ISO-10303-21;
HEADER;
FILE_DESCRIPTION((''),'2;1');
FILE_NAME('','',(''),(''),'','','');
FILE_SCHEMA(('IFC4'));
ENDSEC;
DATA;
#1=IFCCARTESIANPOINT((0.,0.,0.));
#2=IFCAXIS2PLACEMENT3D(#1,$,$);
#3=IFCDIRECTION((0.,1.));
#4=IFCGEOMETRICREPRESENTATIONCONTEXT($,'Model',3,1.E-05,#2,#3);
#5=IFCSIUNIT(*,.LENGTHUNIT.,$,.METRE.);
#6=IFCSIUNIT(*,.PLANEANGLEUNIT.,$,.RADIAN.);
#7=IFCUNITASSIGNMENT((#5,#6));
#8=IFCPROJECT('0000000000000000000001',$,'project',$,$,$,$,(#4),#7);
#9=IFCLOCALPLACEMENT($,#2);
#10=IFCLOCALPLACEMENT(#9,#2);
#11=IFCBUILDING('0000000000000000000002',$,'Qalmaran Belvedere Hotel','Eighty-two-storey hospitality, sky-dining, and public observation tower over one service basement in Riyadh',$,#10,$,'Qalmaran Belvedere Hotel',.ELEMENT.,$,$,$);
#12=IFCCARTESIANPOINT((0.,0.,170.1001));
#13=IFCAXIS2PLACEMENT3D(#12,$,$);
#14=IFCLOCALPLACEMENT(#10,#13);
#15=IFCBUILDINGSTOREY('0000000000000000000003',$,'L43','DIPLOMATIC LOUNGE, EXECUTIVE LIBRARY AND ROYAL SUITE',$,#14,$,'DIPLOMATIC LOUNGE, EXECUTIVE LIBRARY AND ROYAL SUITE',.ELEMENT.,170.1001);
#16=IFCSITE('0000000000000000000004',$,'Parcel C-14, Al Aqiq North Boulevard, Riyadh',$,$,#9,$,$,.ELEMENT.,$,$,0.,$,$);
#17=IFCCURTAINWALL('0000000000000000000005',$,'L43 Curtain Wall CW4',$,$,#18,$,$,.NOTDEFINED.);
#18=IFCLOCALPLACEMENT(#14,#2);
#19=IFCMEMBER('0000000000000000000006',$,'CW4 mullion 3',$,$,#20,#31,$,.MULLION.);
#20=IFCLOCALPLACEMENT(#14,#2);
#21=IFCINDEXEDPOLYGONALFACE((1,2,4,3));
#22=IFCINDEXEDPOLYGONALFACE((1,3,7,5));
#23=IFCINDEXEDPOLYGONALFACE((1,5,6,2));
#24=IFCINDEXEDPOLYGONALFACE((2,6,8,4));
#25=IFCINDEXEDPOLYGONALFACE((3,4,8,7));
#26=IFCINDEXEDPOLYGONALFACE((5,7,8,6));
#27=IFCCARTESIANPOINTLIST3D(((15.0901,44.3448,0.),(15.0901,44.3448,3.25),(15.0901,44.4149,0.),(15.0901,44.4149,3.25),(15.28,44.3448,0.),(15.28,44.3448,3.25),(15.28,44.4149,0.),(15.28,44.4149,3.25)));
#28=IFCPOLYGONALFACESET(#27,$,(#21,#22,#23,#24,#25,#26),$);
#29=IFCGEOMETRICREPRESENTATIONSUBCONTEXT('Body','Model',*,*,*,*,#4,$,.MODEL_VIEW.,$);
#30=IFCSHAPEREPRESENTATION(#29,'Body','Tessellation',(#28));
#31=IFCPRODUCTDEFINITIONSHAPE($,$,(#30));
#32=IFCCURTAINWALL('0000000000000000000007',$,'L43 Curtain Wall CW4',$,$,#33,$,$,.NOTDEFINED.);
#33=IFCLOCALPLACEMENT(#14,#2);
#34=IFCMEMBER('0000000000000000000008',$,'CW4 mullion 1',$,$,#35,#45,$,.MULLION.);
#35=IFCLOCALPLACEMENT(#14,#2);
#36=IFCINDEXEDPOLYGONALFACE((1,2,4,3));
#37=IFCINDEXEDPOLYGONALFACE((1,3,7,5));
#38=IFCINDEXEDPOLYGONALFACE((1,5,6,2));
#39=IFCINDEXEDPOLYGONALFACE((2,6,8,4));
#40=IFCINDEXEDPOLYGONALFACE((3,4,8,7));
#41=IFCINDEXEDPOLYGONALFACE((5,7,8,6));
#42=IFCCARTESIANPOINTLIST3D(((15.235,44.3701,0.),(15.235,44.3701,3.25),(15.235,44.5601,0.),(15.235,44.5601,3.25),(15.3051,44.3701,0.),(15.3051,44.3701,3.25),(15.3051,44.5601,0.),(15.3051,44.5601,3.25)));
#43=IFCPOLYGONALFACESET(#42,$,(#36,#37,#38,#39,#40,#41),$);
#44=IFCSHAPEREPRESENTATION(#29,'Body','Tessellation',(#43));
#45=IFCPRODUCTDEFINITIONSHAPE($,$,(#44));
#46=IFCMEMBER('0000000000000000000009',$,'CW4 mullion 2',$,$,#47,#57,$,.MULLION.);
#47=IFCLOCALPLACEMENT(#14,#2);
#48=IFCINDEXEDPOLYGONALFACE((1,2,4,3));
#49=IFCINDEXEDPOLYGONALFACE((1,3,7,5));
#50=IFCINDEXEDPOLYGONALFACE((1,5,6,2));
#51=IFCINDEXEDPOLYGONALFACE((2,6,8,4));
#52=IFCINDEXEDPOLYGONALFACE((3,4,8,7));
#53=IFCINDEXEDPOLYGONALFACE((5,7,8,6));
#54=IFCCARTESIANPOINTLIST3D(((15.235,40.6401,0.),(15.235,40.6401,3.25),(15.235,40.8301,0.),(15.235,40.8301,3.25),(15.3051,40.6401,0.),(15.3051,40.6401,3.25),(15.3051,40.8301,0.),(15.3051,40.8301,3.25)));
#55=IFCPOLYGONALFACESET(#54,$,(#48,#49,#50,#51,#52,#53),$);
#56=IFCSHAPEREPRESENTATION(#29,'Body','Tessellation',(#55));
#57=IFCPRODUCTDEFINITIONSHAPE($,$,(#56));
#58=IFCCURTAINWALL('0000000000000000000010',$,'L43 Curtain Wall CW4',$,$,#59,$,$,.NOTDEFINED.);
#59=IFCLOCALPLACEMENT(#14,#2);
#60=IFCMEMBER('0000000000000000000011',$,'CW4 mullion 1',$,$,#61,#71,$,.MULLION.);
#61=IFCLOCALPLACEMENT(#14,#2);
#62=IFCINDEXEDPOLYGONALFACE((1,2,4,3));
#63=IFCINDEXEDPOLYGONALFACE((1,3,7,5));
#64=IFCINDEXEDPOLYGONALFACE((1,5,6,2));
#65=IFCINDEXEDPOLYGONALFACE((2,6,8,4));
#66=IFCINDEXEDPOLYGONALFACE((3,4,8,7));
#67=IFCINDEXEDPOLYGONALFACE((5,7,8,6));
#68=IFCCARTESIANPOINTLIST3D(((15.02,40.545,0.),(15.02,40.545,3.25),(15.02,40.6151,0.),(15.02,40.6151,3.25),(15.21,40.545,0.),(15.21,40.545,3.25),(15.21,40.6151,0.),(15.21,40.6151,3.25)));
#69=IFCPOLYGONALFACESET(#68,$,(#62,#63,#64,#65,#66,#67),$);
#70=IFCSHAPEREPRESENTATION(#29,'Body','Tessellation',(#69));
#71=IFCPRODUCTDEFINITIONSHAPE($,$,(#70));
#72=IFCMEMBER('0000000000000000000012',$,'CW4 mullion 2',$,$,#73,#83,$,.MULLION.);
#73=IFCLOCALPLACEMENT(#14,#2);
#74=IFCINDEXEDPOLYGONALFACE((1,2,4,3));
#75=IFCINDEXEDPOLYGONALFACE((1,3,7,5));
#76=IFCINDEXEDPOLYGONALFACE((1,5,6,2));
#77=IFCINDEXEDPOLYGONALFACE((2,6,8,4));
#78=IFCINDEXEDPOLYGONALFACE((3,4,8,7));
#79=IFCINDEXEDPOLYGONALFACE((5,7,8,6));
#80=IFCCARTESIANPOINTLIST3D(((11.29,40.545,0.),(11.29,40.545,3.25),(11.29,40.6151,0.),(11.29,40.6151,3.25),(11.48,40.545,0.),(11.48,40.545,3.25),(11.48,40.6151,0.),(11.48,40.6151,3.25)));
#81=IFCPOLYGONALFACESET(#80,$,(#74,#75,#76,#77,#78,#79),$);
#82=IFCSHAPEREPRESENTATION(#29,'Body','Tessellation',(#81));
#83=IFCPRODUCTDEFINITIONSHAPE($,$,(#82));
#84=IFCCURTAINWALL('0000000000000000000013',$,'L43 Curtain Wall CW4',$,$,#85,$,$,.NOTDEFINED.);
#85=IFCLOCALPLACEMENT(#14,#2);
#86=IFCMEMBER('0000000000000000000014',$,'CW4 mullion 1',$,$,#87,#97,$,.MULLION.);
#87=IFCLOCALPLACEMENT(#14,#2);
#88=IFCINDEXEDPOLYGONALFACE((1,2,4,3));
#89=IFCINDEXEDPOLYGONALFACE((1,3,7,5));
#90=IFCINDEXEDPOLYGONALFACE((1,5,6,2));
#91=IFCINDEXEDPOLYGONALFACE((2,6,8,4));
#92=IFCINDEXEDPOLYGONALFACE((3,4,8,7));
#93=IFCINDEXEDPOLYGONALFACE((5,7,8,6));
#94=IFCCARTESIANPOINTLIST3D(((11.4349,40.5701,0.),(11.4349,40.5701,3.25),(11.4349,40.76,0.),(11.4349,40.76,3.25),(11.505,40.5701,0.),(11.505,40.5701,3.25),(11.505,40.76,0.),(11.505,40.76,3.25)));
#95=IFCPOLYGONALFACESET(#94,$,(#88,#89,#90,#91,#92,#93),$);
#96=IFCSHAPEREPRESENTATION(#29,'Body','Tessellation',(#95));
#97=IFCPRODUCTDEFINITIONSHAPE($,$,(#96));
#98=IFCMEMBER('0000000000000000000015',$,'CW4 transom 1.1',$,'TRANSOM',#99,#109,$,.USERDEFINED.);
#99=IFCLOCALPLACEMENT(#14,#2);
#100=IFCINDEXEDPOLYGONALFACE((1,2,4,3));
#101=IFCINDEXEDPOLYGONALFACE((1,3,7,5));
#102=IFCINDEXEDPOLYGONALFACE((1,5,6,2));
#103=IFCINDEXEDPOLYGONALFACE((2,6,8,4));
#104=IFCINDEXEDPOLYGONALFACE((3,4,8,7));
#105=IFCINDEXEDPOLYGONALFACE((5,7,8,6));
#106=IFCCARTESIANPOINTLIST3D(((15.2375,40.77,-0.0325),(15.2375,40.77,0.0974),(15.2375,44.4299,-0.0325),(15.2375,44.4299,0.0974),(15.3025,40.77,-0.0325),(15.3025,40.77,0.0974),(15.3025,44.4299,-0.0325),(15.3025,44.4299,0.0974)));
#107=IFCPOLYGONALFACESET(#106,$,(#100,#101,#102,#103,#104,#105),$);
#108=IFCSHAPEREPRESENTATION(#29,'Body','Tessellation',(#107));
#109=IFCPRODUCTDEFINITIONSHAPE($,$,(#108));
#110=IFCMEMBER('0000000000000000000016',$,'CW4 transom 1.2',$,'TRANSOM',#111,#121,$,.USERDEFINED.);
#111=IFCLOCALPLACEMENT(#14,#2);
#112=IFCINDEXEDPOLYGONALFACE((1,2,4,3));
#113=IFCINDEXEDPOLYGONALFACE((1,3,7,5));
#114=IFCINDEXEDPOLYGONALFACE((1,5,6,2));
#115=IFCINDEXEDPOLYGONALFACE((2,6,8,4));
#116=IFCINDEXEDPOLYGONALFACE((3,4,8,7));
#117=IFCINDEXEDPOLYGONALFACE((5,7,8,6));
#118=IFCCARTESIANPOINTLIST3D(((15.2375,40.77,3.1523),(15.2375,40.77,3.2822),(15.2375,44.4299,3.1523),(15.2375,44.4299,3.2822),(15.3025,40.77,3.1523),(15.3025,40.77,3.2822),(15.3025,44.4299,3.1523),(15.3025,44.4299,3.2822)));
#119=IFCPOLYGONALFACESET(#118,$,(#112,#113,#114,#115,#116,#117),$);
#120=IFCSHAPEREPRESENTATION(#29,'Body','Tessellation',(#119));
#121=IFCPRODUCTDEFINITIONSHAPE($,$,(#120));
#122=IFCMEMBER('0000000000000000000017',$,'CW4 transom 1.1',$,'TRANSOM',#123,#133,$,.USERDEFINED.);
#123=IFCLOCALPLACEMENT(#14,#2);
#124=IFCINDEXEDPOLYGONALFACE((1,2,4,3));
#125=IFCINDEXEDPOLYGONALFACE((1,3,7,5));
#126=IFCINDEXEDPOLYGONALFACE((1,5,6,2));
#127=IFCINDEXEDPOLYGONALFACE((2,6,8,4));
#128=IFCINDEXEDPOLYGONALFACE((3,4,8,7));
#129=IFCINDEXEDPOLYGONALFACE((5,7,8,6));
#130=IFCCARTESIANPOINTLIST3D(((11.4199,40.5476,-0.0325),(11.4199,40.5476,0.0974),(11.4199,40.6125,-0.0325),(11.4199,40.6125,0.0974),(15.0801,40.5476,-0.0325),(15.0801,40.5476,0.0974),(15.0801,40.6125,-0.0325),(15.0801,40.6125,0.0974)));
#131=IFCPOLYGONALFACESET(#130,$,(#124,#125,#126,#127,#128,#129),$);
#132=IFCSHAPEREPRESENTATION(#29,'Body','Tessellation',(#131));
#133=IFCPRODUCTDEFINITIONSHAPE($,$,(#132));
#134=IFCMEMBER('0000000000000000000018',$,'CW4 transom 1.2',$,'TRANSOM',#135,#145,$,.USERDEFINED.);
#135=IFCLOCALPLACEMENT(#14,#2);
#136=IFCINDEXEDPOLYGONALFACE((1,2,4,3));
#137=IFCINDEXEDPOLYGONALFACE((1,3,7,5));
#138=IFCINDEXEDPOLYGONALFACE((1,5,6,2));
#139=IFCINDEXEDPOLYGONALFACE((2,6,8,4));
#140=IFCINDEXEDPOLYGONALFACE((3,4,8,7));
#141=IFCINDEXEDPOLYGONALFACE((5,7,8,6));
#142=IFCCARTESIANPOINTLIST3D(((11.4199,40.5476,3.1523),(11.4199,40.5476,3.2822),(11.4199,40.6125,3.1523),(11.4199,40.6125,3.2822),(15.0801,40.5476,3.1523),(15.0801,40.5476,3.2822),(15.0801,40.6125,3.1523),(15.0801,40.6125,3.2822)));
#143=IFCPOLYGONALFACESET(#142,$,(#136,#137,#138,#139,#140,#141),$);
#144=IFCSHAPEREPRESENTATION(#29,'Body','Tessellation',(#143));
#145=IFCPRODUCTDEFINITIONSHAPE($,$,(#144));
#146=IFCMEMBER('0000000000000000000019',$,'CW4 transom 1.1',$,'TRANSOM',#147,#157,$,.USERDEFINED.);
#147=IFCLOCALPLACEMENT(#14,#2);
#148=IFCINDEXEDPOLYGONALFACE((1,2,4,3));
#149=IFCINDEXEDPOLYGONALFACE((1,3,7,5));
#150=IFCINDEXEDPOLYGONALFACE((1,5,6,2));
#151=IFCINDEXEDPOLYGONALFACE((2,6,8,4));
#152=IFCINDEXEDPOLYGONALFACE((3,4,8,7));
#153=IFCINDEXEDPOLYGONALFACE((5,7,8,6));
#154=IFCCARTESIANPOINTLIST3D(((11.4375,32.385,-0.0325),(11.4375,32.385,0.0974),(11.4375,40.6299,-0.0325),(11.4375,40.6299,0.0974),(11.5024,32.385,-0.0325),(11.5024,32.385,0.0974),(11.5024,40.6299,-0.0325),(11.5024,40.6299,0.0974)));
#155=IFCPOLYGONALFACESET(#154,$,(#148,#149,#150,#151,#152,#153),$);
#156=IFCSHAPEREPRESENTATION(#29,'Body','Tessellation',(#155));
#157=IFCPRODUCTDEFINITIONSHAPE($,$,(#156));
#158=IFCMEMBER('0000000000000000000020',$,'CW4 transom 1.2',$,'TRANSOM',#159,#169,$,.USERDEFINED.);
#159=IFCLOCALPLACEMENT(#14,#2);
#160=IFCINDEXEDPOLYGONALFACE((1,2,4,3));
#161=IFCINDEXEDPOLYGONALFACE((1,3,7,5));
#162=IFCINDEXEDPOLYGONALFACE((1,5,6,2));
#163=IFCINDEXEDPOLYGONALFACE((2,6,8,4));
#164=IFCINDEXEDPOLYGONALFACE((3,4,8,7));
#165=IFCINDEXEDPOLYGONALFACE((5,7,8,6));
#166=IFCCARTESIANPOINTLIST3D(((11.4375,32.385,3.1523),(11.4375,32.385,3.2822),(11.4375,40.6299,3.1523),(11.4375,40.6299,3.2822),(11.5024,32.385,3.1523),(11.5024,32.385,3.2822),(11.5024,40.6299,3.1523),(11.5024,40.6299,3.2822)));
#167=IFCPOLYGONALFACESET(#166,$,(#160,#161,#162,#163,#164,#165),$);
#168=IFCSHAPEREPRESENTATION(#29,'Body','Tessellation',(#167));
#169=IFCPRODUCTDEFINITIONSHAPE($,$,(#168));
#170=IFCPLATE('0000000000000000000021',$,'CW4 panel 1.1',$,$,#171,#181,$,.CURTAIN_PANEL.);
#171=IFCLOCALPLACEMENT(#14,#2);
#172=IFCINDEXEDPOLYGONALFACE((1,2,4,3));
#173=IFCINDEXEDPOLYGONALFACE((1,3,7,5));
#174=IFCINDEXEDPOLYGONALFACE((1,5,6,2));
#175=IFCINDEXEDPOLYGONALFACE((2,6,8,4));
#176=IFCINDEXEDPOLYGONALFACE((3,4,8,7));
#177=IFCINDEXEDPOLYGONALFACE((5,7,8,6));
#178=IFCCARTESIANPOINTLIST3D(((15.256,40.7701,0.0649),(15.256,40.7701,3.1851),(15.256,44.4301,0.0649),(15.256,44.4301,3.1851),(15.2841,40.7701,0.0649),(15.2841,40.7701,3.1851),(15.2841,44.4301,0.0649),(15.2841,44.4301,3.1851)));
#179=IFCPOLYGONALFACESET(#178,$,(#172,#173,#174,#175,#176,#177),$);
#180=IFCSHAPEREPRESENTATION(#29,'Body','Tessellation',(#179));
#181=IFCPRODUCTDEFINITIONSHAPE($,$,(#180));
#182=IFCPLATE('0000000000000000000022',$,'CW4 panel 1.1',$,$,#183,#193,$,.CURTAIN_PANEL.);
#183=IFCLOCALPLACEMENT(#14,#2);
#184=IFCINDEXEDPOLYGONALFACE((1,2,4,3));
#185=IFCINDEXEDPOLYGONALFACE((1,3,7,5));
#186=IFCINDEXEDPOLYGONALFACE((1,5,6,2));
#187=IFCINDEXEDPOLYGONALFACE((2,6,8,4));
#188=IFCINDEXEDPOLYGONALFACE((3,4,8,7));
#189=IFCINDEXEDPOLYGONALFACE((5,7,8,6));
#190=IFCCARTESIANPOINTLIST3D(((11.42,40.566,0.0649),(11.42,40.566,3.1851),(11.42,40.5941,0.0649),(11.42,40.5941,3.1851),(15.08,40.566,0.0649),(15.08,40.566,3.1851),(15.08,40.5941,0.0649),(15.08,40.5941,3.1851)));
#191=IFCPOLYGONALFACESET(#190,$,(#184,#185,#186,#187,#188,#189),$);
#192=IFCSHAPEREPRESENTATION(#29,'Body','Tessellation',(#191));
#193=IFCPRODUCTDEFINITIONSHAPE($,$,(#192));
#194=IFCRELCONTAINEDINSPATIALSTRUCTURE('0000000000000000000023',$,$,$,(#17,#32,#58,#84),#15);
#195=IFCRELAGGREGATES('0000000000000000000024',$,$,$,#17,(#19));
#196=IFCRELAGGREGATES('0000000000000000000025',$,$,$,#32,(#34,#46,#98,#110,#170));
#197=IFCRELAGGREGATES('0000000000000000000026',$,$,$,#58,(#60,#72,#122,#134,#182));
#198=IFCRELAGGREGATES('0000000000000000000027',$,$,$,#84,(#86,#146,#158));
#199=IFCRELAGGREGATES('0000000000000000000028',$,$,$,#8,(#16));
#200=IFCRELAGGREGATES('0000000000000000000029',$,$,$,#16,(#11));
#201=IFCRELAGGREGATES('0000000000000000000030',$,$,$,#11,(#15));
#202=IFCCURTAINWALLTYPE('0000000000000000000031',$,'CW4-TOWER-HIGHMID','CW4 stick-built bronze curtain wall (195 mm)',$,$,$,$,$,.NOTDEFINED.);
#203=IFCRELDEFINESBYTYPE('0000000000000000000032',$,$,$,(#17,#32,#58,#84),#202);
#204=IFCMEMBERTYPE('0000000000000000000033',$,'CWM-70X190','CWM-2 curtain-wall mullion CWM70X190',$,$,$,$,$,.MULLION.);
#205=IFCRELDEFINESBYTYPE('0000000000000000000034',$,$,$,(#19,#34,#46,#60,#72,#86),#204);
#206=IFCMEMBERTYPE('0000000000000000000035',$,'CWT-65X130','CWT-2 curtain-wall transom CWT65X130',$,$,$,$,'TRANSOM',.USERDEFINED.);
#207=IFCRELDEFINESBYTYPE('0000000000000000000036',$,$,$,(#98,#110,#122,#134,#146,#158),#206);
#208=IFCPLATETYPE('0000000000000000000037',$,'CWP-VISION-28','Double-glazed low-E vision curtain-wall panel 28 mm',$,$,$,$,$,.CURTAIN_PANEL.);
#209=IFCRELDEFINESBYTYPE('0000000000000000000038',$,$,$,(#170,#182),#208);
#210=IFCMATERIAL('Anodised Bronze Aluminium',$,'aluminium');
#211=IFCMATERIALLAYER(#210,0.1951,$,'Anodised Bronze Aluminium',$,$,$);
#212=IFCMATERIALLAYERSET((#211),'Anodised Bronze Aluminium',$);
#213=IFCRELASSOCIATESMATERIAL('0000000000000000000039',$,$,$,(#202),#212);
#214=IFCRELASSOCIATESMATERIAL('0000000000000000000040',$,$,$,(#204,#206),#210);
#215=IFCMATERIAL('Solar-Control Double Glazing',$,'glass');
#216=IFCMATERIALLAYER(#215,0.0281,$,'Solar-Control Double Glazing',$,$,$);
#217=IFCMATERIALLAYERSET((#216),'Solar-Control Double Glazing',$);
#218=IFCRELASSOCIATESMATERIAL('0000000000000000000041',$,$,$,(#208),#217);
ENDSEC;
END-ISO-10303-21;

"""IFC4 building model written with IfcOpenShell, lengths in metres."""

from ifc_helpers import new_model, si_unit, direction, frame, origin, origin_2d, place, context, subcontext, project, spatial, rectangle, extrude, material, layer, layer_set, material_profile, profile_set, type_object, element, aggregate, save


model = new_model("IFC4")

# Units and contexts
model_context = context("Model", 3, precision=1e-05, world=origin(), true_north=direction((0.0, 1.0)))
body_context = subcontext(model_context, "Body", "Model", "MODEL_VIEW")
ifc_project = project(units=[si_unit("LENGTHUNIT", "METRE"), si_unit("PLANEANGLEUNIT", "RADIAN")], contexts=[model_context])

# Site, building, storey
site_placement = place(None, origin())
site = spatial("IfcSite", under=ifc_project, at=site_placement, Name="Parcel C-14, Al Aqiq North Boulevard, Riyadh", CompositionType="ELEMENT", RefElevation=0.0)
building_placement = place(site_placement, origin())
building = spatial("IfcBuilding", under=site, at=building_placement, Name="Qalmaran Belvedere Hotel", Description="Eighty-two-storey hospitality, sky-dining, and public observation tower over one service basement in Riyadh", LongName="Qalmaran Belvedere Hotel", CompositionType="ELEMENT")
storey_placement = place(building_placement, frame((0.0, 0.0, 170.1001)))
storey = spatial("IfcBuildingStorey", under=building, at=storey_placement, Name="L43", Description="DIPLOMATIC LOUNGE, EXECUTIVE LIBRARY AND ROYAL SUITE", LongName="DIPLOMATIC LOUNGE, EXECUTIVE LIBRARY AND ROYAL SUITE", CompositionType="ELEMENT", Elevation=170.1001)

# Curtain wall, member
ifc_material_1 = material(Name="Anodised Bronze Aluminium", Category="aluminium")
ifc_layer_1 = layer(ifc_material_1, 0.1951, Name="Anodised Bronze Aluminium")
ifc_layer_set_1 = layer_set([ifc_layer_1], Name="Anodised Bronze Aluminium")
curtain_wall_type = type_object("IfcCurtainWallType", Name="CW4-TOWER-HIGHMID", Description="CW4 stick-built bronze curtain wall (195 mm)", PredefinedType="NOTDEFINED", material=ifc_layer_set_1)
curtain_wall_1_placement = place(storey_placement, origin())
curtain_wall_1 = element("IfcCurtainWall", 1, at=curtain_wall_1_placement, inside=storey, type_object=curtain_wall_type, Name="L43 Curtain Wall CW4", PredefinedType="NOTDEFINED")
ifc_material_profile_1 = material_profile(ifc_material_1, rectangle(XDim=0.0701, YDim=0.1899, at=origin_2d()), Name="CWM70X190")
ifc_profile_set_1 = profile_set([ifc_material_profile_1], Name="Anodised Bronze Aluminium")
member_type_1 = type_object("IfcMemberType", Name="CWM-70X190", Description="CWM-2 curtain-wall mullion CWM70X190", PredefinedType="MULLION", material=ifc_profile_set_1)
member_1_placement = place(storey_placement, frame((15.1851, 44.3799, 0.0), z_axis=(0.0, 0.0, 1.0), x_axis=(0.0, -1.0, 0.0)))
member_1 = element("IfcMember", 2, at=member_1_placement, type_object=member_type_1, Name="CW4 mullion 3", PredefinedType="MULLION", context=body_context, shape_type="SweptSolid", body=[
    extrude(rectangle(XDim=0.0701, YDim=0.1899, at=origin_2d()), origin(), (0.0, 0.0, 1.0), 3.25),
])
aggregate(curtain_wall_1, [member_1])

# Curtain walls, members
curtain_wall_2_placement = place(storey_placement, origin())
curtain_wall_2 = element("IfcCurtainWall", 3, at=curtain_wall_2_placement, inside=storey, type_object=curtain_wall_type, Name="L43 Curtain Wall CW4", PredefinedType="NOTDEFINED")
member_2_placement = place(storey_placement, frame((15.27, 44.4651, 0.0), z_axis=(0.0, 0.0, 1.0), x_axis=(1.0, 0.0, 0.0)))
member_2 = element("IfcMember", 4, at=member_2_placement, type_object=member_type_1, Name="CW4 mullion 1", PredefinedType="MULLION", context=body_context, shape_type="SweptSolid", body=[
    extrude(rectangle(XDim=0.0701, YDim=0.1899, at=origin_2d()), origin(), (0.0, 0.0, 1.0), 3.25),
])
member_3_placement = place(storey_placement, frame((15.27, 40.7351, 0.0), z_axis=(0.0, 0.0, 1.0), x_axis=(1.0, 0.0, 0.0)))
member_3 = element("IfcMember", 5, at=member_3_placement, type_object=member_type_1, Name="CW4 mullion 2", PredefinedType="MULLION", context=body_context, shape_type="SweptSolid", body=[
    extrude(rectangle(XDim=0.0701, YDim=0.1899, at=origin_2d()), origin(), (0.0, 0.0, 1.0), 3.25),
])
curtain_wall_3_placement = place(storey_placement, origin())
curtain_wall_3 = element("IfcCurtainWall", 6, at=curtain_wall_3_placement, inside=storey, type_object=curtain_wall_type, Name="L43 Curtain Wall CW4", PredefinedType="NOTDEFINED")
member_4_placement = place(storey_placement, frame((15.115, 40.5801, 0.0), z_axis=(0.0, 0.0, 1.0), x_axis=(0.0, -1.0, 0.0)))
member_4 = element("IfcMember", 7, at=member_4_placement, type_object=member_type_1, Name="CW4 mullion 1", PredefinedType="MULLION", context=body_context, shape_type="SweptSolid", body=[
    extrude(rectangle(XDim=0.0701, YDim=0.1899, at=origin_2d()), origin(), (0.0, 0.0, 1.0), 3.25),
])
member_5_placement = place(storey_placement, frame((11.385, 40.5801, 0.0), z_axis=(0.0, 0.0, 1.0), x_axis=(0.0, -1.0, 0.0)))
member_5 = element("IfcMember", 8, at=member_5_placement, type_object=member_type_1, Name="CW4 mullion 2", PredefinedType="MULLION", context=body_context, shape_type="SweptSolid", body=[
    extrude(rectangle(XDim=0.0701, YDim=0.1899, at=origin_2d()), origin(), (0.0, 0.0, 1.0), 3.25),
])

# Curtain wall, member
curtain_wall_4_placement = place(storey_placement, origin())
curtain_wall_4 = element("IfcCurtainWall", 9, at=curtain_wall_4_placement, inside=storey, type_object=curtain_wall_type, Name="L43 Curtain Wall CW4", PredefinedType="NOTDEFINED")
member_6_placement = place(storey_placement, frame((11.47, 40.665, 0.0), z_axis=(0.0, 0.0, 1.0), x_axis=(1.0, 0.0, 0.0)))
member_6 = element("IfcMember", 10, at=member_6_placement, type_object=member_type_1, Name="CW4 mullion 1", PredefinedType="MULLION", context=body_context, shape_type="SweptSolid", body=[
    extrude(rectangle(XDim=0.0701, YDim=0.1899, at=origin_2d()), origin(), (0.0, 0.0, 1.0), 3.25),
])

# Members
ifc_material_profile_2 = material_profile(ifc_material_1, rectangle(XDim=0.0649, YDim=0.1299, at=origin_2d()), Name="CWT65X130")
ifc_profile_set_2 = profile_set([ifc_material_profile_2], Name="Anodised Bronze Aluminium")
member_type_2 = type_object("IfcMemberType", Name="CWT-65X130", Description="CWT-2 curtain-wall transom CWT65X130", ElementType="TRANSOM", PredefinedType="USERDEFINED", material=ifc_profile_set_2)
member_7_placement = place(storey_placement, frame((15.27, 44.4299, 0.0325), z_axis=(0.0, -1.0, 0.0), x_axis=(1.0, 0.0, 0.0)))
member_7 = element("IfcMember", 11, at=member_7_placement, type_object=member_type_2, Name="CW4 transom 1.1", ObjectType="TRANSOM", PredefinedType="USERDEFINED", context=body_context, shape_type="SweptSolid", body=[
    extrude(rectangle(XDim=0.0649, YDim=0.1299, at=origin_2d()), origin(), (0.0, 0.0, 1.0), 3.6599),
])
member_8_placement = place(storey_placement, frame((15.27, 44.4299, 3.2173), z_axis=(0.0, -1.0, 0.0), x_axis=(1.0, 0.0, 0.0)))
member_8 = element("IfcMember", 12, at=member_8_placement, type_object=member_type_2, Name="CW4 transom 1.2", ObjectType="TRANSOM", PredefinedType="USERDEFINED", context=body_context, shape_type="SweptSolid", body=[
    extrude(rectangle(XDim=0.0649, YDim=0.1299, at=origin_2d()), origin(), (0.0, 0.0, 1.0), 3.6599),
])
member_9_placement = place(storey_placement, frame((15.0801, 40.5801, 0.0325), z_axis=(-1.0, 0.0, 0.0), x_axis=(0.0, -1.0, 0.0)))
member_9 = element("IfcMember", 13, at=member_9_placement, type_object=member_type_2, Name="CW4 transom 1.1", ObjectType="TRANSOM", PredefinedType="USERDEFINED", context=body_context, shape_type="SweptSolid", body=[
    extrude(rectangle(XDim=0.0649, YDim=0.1299, at=origin_2d()), origin(), (0.0, 0.0, 1.0), 3.6602),
])
member_10_placement = place(storey_placement, frame((15.0801, 40.5801, 3.2173), z_axis=(-1.0, 0.0, 0.0), x_axis=(0.0, -1.0, 0.0)))
member_10 = element("IfcMember", 14, at=member_10_placement, type_object=member_type_2, Name="CW4 transom 1.2", ObjectType="TRANSOM", PredefinedType="USERDEFINED", context=body_context, shape_type="SweptSolid", body=[
    extrude(rectangle(XDim=0.0649, YDim=0.1299, at=origin_2d()), origin(), (0.0, 0.0, 1.0), 3.6602),
])
member_11_placement = place(storey_placement, frame((11.47, 40.6299, 0.0325), z_axis=(0.0, -1.0, 0.0), x_axis=(1.0, 0.0, 0.0)))
member_11 = element("IfcMember", 15, at=member_11_placement, type_object=member_type_2, Name="CW4 transom 1.1", ObjectType="TRANSOM", PredefinedType="USERDEFINED", context=body_context, shape_type="SweptSolid", body=[
    extrude(rectangle(XDim=0.0649, YDim=0.1299, at=origin_2d()), origin(), (0.0, 0.0, 1.0), 8.2449),
])
member_12_placement = place(storey_placement, frame((11.47, 40.6299, 3.2173), z_axis=(0.0, -1.0, 0.0), x_axis=(1.0, 0.0, 0.0)))
member_12 = element("IfcMember", 16, at=member_12_placement, type_object=member_type_2, Name="CW4 transom 1.2", ObjectType="TRANSOM", PredefinedType="USERDEFINED", context=body_context, shape_type="SweptSolid", body=[
    extrude(rectangle(XDim=0.0649, YDim=0.1299, at=origin_2d()), origin(), (0.0, 0.0, 1.0), 8.2449),
])

# Plates
ifc_material_2 = material(Name="Solar-Control Double Glazing", Category="glass")
ifc_layer_2 = layer(ifc_material_2, 0.0281, Name="Solar-Control Double Glazing")
ifc_layer_set_2 = layer_set([ifc_layer_2], Name="Solar-Control Double Glazing")
plate_type = type_object("IfcPlateType", Name="CWP-VISION-28", Description="Double-glazed low-E vision curtain-wall panel 28 mm", PredefinedType="CURTAIN_PANEL", material=ifc_layer_set_2)
plate_1_placement = place(storey_placement, frame((15.27, 42.6001, 0.0649), z_axis=(0.0, 0.0, 1.0), x_axis=(0.0, -1.0, 0.0)))
plate_1 = element("IfcPlate", 17, at=plate_1_placement, type_object=plate_type, Name="CW4 panel 1.1", PredefinedType="CURTAIN_PANEL", context=body_context, shape_type="SweptSolid", body=[
    extrude(rectangle(XDim=3.6599, YDim=0.0281, at=origin_2d()), origin(), (0.0, 0.0, 1.0), 3.1201),
])
aggregate(curtain_wall_2, [member_2, member_3, member_7, member_8, plate_1])
plate_2_placement = place(storey_placement, frame((13.25, 40.5801, 0.0649), z_axis=(0.0, 0.0, 1.0), x_axis=(-1.0, 0.0, 0.0)))
plate_2 = element("IfcPlate", 18, at=plate_2_placement, type_object=plate_type, Name="CW4 panel 1.1", PredefinedType="CURTAIN_PANEL", context=body_context, shape_type="SweptSolid", body=[
    extrude(rectangle(XDim=3.6599, YDim=0.0281, at=origin_2d()), origin(), (0.0, 0.0, 1.0), 3.1201),
])
aggregate(curtain_wall_3, [member_4, member_5, member_9, member_10, plate_2])
aggregate(curtain_wall_4, [member_6, member_11, member_12])

save(model, "model.ifc")
